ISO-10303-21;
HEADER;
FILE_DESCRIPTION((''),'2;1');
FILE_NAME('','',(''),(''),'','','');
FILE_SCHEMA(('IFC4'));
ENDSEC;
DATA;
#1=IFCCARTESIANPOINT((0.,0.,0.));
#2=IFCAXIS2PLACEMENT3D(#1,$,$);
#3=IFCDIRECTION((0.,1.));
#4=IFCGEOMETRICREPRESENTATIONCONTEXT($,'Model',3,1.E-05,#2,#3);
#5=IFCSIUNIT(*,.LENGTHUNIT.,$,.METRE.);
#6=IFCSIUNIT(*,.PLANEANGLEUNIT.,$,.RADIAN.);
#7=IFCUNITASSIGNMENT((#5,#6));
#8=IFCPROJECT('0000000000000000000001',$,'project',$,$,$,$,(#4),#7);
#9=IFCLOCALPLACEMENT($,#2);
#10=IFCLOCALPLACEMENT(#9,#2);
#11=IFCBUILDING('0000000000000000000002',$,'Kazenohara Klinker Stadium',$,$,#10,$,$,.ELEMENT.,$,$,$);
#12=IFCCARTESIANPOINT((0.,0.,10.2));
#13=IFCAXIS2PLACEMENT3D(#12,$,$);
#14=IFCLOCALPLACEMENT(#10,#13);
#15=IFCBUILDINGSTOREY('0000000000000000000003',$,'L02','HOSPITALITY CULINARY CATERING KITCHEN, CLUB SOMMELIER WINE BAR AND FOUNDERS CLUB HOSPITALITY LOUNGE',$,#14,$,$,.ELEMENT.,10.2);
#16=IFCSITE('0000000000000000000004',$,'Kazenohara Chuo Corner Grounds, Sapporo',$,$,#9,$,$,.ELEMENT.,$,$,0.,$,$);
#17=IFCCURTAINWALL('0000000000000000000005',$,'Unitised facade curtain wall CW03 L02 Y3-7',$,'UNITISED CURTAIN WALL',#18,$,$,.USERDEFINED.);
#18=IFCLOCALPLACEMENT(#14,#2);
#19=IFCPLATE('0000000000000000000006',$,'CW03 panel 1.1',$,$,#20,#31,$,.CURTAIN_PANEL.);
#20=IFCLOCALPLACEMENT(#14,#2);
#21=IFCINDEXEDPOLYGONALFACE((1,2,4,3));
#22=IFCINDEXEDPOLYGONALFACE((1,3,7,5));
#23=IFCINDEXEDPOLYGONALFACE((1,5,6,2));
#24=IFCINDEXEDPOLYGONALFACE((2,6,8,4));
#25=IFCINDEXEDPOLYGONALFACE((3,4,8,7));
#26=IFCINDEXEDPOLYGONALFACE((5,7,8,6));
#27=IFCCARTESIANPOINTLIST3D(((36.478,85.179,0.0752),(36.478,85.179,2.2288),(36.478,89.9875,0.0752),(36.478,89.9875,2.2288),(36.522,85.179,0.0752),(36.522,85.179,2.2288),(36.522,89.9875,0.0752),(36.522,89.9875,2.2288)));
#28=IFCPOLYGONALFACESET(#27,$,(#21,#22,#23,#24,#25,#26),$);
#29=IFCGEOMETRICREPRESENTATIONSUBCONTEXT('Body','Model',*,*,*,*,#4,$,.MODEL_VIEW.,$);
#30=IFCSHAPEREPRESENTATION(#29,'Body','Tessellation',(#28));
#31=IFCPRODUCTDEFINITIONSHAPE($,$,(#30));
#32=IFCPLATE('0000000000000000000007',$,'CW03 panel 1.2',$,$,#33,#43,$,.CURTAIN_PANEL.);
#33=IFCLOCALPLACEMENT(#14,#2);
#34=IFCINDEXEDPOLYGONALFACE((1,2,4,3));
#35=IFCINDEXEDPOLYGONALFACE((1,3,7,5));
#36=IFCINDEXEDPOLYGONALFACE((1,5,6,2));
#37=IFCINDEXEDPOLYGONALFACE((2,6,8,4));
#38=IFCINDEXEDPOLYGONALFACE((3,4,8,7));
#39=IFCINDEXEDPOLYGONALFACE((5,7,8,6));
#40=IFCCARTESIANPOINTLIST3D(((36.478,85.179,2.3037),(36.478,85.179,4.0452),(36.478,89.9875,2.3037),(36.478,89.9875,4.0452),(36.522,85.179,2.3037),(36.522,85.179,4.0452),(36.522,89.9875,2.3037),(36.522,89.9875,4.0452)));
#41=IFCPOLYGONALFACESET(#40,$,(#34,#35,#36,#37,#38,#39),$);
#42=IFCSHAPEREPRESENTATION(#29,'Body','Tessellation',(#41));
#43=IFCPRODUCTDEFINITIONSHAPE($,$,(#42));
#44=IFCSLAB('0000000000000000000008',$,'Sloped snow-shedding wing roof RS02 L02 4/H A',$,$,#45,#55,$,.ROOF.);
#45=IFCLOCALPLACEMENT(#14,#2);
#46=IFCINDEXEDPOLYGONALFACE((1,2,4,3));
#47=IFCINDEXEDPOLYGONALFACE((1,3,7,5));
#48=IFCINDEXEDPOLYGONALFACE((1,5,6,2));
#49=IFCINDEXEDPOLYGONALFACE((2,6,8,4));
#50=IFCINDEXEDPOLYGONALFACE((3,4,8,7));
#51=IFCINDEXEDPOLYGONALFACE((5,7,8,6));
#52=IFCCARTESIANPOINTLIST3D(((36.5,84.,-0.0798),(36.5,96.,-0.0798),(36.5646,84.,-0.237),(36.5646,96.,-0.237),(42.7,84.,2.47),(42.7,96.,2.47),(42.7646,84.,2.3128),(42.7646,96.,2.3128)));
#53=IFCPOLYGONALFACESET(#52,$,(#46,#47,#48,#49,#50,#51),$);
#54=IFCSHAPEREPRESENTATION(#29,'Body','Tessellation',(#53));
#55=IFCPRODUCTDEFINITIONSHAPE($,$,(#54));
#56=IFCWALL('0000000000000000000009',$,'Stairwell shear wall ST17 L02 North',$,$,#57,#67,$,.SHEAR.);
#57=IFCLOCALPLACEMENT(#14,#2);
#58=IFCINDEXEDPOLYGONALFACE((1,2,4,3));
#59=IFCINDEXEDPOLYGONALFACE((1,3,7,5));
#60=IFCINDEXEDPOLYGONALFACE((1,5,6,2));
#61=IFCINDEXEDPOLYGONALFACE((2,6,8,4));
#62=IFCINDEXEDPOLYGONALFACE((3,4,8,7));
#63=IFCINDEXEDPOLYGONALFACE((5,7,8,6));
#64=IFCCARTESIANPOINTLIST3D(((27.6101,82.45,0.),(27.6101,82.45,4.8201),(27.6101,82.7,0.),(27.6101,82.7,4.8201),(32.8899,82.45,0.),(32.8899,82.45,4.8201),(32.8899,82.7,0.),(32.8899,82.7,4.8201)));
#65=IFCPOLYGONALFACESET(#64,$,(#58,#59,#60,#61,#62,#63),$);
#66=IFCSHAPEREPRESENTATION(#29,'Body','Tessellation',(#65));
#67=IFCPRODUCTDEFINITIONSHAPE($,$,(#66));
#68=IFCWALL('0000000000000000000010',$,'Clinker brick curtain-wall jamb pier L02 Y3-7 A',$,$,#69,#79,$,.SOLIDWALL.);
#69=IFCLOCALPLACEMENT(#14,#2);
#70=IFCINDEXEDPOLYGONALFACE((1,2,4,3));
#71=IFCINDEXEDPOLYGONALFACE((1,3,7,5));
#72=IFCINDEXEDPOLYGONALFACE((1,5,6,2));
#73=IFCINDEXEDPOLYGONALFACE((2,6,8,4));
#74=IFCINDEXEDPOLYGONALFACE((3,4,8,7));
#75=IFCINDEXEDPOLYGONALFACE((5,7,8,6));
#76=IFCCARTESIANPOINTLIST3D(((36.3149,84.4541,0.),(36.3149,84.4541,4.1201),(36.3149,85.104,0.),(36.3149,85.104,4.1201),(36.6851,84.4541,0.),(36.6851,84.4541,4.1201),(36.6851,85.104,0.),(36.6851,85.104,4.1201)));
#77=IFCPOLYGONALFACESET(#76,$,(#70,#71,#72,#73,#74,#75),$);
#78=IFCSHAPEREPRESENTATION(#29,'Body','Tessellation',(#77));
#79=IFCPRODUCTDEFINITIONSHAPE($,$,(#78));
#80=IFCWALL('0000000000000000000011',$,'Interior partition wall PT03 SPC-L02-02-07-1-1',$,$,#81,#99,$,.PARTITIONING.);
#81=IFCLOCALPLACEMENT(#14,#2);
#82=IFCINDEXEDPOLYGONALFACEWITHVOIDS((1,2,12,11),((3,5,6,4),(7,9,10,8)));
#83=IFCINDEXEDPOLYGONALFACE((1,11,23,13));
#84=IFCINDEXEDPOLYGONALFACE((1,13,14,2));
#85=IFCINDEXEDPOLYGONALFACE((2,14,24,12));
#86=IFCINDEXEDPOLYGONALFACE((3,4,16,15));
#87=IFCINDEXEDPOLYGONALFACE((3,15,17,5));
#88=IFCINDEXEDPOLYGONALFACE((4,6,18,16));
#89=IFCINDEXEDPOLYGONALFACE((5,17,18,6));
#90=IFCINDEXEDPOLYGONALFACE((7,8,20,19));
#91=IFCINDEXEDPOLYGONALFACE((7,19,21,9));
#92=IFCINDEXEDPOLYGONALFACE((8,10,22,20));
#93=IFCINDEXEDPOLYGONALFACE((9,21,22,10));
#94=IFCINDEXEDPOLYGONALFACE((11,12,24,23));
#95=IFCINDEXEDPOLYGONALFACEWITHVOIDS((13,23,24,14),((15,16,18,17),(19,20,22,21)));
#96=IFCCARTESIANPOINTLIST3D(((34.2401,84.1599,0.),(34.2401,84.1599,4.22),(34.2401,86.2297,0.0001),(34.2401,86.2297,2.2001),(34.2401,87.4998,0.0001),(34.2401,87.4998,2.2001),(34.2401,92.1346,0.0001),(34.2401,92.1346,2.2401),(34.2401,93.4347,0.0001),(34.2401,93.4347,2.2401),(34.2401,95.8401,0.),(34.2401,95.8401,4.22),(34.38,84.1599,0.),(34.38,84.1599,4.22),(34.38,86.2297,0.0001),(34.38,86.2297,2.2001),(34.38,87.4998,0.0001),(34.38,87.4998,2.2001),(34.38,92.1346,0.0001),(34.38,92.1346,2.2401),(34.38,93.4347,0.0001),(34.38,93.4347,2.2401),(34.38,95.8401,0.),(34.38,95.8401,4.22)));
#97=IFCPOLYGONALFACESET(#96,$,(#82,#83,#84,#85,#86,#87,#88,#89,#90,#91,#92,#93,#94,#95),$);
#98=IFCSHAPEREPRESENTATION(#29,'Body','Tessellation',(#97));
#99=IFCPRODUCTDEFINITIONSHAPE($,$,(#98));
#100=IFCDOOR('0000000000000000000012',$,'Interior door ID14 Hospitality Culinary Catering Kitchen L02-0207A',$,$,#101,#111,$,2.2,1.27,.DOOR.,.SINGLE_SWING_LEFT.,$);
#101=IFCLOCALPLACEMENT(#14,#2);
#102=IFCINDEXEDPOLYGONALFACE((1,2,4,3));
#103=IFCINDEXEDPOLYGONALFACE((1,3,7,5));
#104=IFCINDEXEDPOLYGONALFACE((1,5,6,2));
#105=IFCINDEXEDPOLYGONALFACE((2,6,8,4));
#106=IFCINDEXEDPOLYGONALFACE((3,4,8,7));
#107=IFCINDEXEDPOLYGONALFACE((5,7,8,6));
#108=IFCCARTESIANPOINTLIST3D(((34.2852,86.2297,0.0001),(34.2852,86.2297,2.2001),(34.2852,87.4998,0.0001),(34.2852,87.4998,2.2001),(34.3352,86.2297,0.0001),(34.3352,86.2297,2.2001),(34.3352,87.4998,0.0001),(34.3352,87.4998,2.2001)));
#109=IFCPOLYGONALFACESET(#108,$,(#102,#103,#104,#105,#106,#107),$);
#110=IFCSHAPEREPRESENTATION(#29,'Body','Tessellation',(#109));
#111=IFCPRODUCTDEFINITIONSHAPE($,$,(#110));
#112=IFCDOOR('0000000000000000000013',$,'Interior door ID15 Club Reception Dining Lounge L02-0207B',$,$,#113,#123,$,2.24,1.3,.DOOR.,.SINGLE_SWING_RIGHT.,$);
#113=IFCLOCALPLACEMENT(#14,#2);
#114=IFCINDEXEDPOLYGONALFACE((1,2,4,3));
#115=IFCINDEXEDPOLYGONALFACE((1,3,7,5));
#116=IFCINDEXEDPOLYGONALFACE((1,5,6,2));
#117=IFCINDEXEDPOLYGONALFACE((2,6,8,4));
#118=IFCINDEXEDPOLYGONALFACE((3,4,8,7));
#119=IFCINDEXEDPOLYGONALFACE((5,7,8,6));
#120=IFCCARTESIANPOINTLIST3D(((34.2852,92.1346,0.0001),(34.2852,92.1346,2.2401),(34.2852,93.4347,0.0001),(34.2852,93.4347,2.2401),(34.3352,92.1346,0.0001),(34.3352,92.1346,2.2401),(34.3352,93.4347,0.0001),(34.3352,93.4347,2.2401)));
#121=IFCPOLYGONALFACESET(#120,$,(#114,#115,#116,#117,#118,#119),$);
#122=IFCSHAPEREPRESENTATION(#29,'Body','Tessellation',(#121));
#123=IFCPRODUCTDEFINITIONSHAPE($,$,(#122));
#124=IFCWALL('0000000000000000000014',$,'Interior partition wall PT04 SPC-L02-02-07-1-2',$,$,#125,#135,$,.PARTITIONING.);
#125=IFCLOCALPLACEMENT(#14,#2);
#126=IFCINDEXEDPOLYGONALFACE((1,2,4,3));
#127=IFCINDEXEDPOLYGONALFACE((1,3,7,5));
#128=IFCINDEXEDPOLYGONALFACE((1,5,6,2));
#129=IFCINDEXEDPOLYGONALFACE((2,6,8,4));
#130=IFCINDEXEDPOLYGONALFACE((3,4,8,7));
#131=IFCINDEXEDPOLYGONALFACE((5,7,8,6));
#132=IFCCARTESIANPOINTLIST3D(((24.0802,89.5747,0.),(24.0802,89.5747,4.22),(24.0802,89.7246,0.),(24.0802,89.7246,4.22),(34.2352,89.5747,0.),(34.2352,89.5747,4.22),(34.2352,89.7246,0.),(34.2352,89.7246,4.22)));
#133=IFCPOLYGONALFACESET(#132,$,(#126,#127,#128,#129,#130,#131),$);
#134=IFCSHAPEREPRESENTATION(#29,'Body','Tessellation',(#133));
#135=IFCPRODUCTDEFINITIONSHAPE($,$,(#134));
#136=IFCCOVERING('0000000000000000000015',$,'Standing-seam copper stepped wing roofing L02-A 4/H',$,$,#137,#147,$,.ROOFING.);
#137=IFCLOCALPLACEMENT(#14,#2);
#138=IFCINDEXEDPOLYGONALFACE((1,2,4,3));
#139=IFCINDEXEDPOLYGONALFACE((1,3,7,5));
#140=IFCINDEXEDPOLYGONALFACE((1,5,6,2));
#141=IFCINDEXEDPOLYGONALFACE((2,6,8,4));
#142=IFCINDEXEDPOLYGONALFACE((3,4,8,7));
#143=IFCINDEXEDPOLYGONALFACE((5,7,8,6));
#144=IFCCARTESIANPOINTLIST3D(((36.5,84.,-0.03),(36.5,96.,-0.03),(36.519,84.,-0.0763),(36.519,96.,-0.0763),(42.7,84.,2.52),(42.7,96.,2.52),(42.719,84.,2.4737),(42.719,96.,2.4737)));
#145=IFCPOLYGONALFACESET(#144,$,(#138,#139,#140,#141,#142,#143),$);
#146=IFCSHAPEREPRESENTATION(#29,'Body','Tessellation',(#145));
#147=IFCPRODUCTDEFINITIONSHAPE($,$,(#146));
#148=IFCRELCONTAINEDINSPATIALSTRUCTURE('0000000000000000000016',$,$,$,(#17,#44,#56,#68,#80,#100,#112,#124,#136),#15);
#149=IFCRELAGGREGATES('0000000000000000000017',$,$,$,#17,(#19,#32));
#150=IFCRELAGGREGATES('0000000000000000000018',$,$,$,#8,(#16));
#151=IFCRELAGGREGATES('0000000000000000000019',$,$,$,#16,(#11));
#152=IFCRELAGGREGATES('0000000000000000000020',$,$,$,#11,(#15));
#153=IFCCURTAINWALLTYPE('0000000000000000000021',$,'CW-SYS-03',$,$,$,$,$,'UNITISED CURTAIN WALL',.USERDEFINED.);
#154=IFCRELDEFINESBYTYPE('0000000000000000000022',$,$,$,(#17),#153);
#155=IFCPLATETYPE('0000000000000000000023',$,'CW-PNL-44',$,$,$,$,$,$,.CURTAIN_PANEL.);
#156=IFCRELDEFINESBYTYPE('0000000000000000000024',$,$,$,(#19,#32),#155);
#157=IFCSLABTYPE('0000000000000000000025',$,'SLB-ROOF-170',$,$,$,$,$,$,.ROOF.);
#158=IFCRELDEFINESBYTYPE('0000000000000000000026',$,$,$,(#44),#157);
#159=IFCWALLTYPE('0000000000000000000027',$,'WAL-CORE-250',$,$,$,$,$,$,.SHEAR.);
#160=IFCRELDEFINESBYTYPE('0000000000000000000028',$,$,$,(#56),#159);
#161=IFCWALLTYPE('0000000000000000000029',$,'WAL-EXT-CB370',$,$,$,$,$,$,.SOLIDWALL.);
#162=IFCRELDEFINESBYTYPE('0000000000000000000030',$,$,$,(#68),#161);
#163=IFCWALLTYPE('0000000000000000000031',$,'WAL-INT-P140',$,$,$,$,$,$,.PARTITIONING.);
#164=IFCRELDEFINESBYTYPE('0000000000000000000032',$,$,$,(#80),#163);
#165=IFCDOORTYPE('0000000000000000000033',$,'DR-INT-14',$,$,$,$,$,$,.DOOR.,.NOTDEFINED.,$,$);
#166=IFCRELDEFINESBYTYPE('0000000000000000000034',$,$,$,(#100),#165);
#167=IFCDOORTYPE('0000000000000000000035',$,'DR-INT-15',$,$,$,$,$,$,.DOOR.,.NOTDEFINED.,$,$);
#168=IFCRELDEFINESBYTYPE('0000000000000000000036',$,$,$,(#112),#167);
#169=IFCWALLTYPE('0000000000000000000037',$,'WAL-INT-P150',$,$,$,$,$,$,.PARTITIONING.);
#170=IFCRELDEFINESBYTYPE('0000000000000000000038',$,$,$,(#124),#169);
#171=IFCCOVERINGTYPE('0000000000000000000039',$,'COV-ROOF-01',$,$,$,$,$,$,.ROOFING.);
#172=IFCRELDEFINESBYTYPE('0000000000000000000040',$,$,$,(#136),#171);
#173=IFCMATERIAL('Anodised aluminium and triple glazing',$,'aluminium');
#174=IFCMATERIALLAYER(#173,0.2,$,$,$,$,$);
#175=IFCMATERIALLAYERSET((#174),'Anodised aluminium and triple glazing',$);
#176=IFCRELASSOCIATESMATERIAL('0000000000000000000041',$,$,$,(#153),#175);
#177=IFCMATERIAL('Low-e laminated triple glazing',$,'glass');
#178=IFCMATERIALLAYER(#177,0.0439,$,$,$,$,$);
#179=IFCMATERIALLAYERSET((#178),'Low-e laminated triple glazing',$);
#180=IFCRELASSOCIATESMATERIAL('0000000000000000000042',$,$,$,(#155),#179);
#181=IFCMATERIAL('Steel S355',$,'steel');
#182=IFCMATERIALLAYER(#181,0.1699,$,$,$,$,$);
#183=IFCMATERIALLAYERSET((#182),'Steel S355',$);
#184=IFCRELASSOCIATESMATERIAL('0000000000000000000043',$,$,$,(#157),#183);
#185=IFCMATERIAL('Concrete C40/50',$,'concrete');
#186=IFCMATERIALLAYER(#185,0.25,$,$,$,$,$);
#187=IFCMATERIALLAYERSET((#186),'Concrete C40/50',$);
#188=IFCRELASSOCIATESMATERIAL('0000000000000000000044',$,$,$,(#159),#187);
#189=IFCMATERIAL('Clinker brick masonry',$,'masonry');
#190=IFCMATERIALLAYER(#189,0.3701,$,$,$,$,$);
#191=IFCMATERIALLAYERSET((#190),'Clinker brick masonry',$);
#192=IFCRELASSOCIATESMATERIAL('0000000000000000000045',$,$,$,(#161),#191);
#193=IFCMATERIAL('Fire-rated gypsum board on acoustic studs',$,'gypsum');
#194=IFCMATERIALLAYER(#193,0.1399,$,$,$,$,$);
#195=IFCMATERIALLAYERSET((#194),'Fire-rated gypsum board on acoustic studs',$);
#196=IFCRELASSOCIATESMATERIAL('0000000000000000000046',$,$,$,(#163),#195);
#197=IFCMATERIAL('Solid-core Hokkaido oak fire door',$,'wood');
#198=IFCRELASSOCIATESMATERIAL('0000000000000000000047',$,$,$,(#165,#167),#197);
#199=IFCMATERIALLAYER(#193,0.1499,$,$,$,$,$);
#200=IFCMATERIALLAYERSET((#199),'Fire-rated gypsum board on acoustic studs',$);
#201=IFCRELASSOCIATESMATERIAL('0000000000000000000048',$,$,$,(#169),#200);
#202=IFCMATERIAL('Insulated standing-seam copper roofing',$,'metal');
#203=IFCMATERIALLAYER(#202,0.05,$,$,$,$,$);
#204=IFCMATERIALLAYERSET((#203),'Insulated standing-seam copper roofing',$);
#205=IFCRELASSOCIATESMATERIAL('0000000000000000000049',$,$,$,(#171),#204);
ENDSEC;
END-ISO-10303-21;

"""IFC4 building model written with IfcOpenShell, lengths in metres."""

from ifc_helpers import new_model, si_unit, direction, frame, frame_2d, origin, origin_2d, place, context, subcontext, project, spatial, polyline, rectangle, outline, extrude, material, layer, layer_set, type_object, element, fill, aggregate, save


model = new_model("IFC4")

# Units and contexts
model_context = context("Model", 3, precision=1e-05, world=origin(), true_north=direction((0.0, 1.0)))
body_context = subcontext(model_context, "Body", "Model", "MODEL_VIEW")
ifc_project = project(units=[si_unit("LENGTHUNIT", "METRE"), si_unit("PLANEANGLEUNIT", "RADIAN")], contexts=[model_context])

# Site, building, storey
site_placement = place(None, origin())
site = spatial("IfcSite", under=ifc_project, at=site_placement, Name="Kazenohara Chuo Corner Grounds, Sapporo", CompositionType="ELEMENT", RefElevation=0.0)
building_placement = place(site_placement, origin())
building = spatial("IfcBuilding", under=site, at=building_placement, Name="Kazenohara Klinker Stadium", CompositionType="ELEMENT")
storey_placement = place(building_placement, frame((0.0, 0.0, 10.2)))
storey = spatial("IfcBuildingStorey", under=building, at=storey_placement, Name="L02", Description="HOSPITALITY CULINARY CATERING KITCHEN, CLUB SOMMELIER WINE BAR AND FOUNDERS CLUB HOSPITALITY LOUNGE", CompositionType="ELEMENT", Elevation=10.2)

# Shared definitions
ifc_material_1 = material(Name="Concrete C40/50", Category="concrete")

# Shared definitions
ifc_material_2 = material(Name="Steel S355", Category="steel")

# Curtain wall, plates
ifc_material_3 = material(Name="Anodised aluminium and triple glazing", Category="aluminium")
ifc_layer_1 = layer(ifc_material_3, 0.2)
ifc_layer_set_1 = layer_set([ifc_layer_1], Name="Anodised aluminium and triple glazing")
curtain_wall_type = type_object("IfcCurtainWallType", Name="CW-SYS-03", ElementType="UNITISED CURTAIN WALL", PredefinedType="USERDEFINED", material=ifc_layer_set_1)
curtain_wall_placement = place(storey_placement, origin())
curtain_wall = element("IfcCurtainWall", 1, at=curtain_wall_placement, inside=storey, type_object=curtain_wall_type, Name="Unitised facade curtain wall CW03 L02 Y3-7", ObjectType="UNITISED CURTAIN WALL", PredefinedType="USERDEFINED")
ifc_material_4 = material(Name="Low-e laminated triple glazing", Category="glass")
ifc_layer_2 = layer(ifc_material_4, 0.0439)
ifc_layer_set_2 = layer_set([ifc_layer_2], Name="Low-e laminated triple glazing")
plate_type = type_object("IfcPlateType", Name="CW-PNL-44", PredefinedType="CURTAIN_PANEL", material=ifc_layer_set_2)
plate_1_placement = place(storey_placement, frame((36.5, 87.5833, 0.0752), z_axis=(0.0, 0.0, 1.0), x_axis=(0.0, 1.0, 0.0)))
plate_1 = element("IfcPlate", 2, at=plate_1_placement, type_object=plate_type, Name="CW03 panel 1.1", PredefinedType="CURTAIN_PANEL", context=body_context, shape_type="SweptSolid", body=[
    extrude(rectangle(XDim=4.8086, YDim=0.0439, at=origin_2d()), origin(), (0.0, 0.0, 1.0), 2.1536),
])
plate_2_placement = place(storey_placement, frame((36.5, 87.5833, 2.3037), z_axis=(0.0, 0.0, 1.0), x_axis=(0.0, 1.0, 0.0)))
plate_2 = element("IfcPlate", 3, at=plate_2_placement, type_object=plate_type, Name="CW03 panel 1.2", PredefinedType="CURTAIN_PANEL", context=body_context, shape_type="SweptSolid", body=[
    extrude(rectangle(XDim=4.8086, YDim=0.0439, at=origin_2d()), origin(), (0.0, 0.0, 1.0), 1.7415),
])
aggregate(curtain_wall, [plate_1, plate_2])

# Slab
ifc_layer_3 = layer(ifc_material_2, 0.1699)
ifc_layer_set_3 = layer_set([ifc_layer_3], Name="Steel S355")
slab_type = type_object("IfcSlabType", Name="SLB-ROOF-170", PredefinedType="ROOF", material=ifc_layer_set_3)
slab_placement = place(storey_placement, frame((36.5, 84.0, -0.0798), z_axis=(-0.380352, 0.0, 0.924842), x_axis=(0.924842, 0.0, 0.380352)))
element("IfcSlab", 4, at=slab_placement, inside=storey, type_object=slab_type, Name="Sloped snow-shedding wing roof RS02 L02 4/H A", PredefinedType="ROOF", context=body_context, shape_type="SweptSolid", body=[
    extrude(outline(polyline([(0.0, 0.0), (6.7038, 0.0), (6.7038, 12.0), (0.0, 12.0), (0.0, 0.0)])), origin(), (0.0, 0.0, -1.0), 0.1699),
])

# Walls
ifc_layer_4 = layer(ifc_material_1, 0.25)
ifc_layer_set_4 = layer_set([ifc_layer_4], Name="Concrete C40/50")
wall_type_1 = type_object("IfcWallType", Name="WAL-CORE-250", PredefinedType="SHEAR", material=ifc_layer_set_4)
wall_1_placement = place(storey_placement, frame((27.6101, 82.575, 0.0), z_axis=(0.0, 0.0, 1.0), x_axis=(1.0, 0.0, 0.0)))
element("IfcWall", 5, at=wall_1_placement, inside=storey, type_object=wall_type_1, Name="Stairwell shear wall ST17 L02 North", PredefinedType="SHEAR", context=body_context, shape_type="SweptSolid", body=[
    extrude(rectangle(XDim=5.2798, YDim=0.25, at=frame_2d((2.6399, 0.0))), origin(), (0.0, 0.0, 1.0), 4.8201),
])
ifc_material_5 = material(Name="Clinker brick masonry", Category="masonry")
ifc_layer_5 = layer(ifc_material_5, 0.3701)
ifc_layer_set_5 = layer_set([ifc_layer_5], Name="Clinker brick masonry")
wall_type_2 = type_object("IfcWallType", Name="WAL-EXT-CB370", PredefinedType="SOLIDWALL", material=ifc_layer_set_5)
wall_2_placement = place(storey_placement, frame((36.5, 84.4541, 0.0), z_axis=(0.0, 0.0, 1.0), x_axis=(0.0, 1.0, 0.0)))
element("IfcWall", 6, at=wall_2_placement, inside=storey, type_object=wall_type_2, Name="Clinker brick curtain-wall jamb pier L02 Y3-7 A", PredefinedType="SOLIDWALL", context=body_context, shape_type="SweptSolid", body=[
    extrude(rectangle(XDim=0.6499, YDim=0.3701, at=frame_2d((0.325, 0.0))), origin(), (0.0, 0.0, 1.0), 4.1201),
])

# Wall, openings, doors
ifc_material_6 = material(Name="Fire-rated gypsum board on acoustic studs", Category="gypsum")
ifc_layer_6 = layer(ifc_material_6, 0.1399)
ifc_layer_set_6 = layer_set([ifc_layer_6], Name="Fire-rated gypsum board on acoustic studs")
wall_type_3 = type_object("IfcWallType", Name="WAL-INT-P140", PredefinedType="PARTITIONING", material=ifc_layer_set_6)
wall_3_placement = place(storey_placement, frame((34.3101, 84.1599, 0.0), z_axis=(0.0, 0.0, 1.0), x_axis=(0.0, 1.0, 0.0)))
wall_3 = element("IfcWall", 7, at=wall_3_placement, inside=storey, type_object=wall_type_3, Name="Interior partition wall PT03 SPC-L02-02-07-1-1", PredefinedType="PARTITIONING", context=body_context, shape_type="SweptSolid", body=[
    extrude(rectangle(XDim=11.6802, YDim=0.1399, at=frame_2d((5.8401, 0.0))), origin(), (0.0, 0.0, 1.0), 4.22),
])
opening_1_placement = place(wall_3_placement, frame((2.0698, 0.0, 0.0)))
opening_1 = element("IfcOpeningElement", 8, at=opening_1_placement, cuts=wall_3, PredefinedType="OPENING", context=body_context, shape_type="SweptSolid", body=[
    extrude(rectangle(XDim=1.27, YDim=2.2, at=frame_2d((0.635, 1.1001))), frame((0.0, 0.0801, 0.0), z_axis=(0.0, -1.0, 0.0), x_axis=(1.0, 0.0, 0.0)), (0.0, 0.0, 1.0), 0.1599),
])
opening_2_placement = place(wall_3_placement, frame((7.9749, 0.0, 0.0)))
opening_2 = element("IfcOpeningElement", 9, at=opening_2_placement, cuts=wall_3, PredefinedType="OPENING", context=body_context, shape_type="SweptSolid", body=[
    extrude(rectangle(XDim=1.3, YDim=2.24, at=frame_2d((0.6499, 1.1201))), frame((0.0, 0.0801, 0.0), z_axis=(0.0, -1.0, 0.0), x_axis=(1.0, 0.0, 0.0)), (0.0, 0.0, 1.0), 0.1599),
])
ifc_material_7 = material(Name="Solid-core Hokkaido oak fire door", Category="wood")
door_type_1 = type_object("IfcDoorType", Name="DR-INT-14", OperationType="NOTDEFINED", PredefinedType="DOOR", material=ifc_material_7)
door_1_placement = place(opening_1_placement, origin())
door_1 = element("IfcDoor", 10, at=door_1_placement, inside=storey, type_object=door_type_1, Name="Interior door ID14 Hospitality Culinary Catering Kitchen L02-0207A", OperationType="SINGLE_SWING_LEFT", OverallHeight=2.2, OverallWidth=1.27, PredefinedType="DOOR", context=body_context, shape_type="SweptSolid", body=[
    extrude(rectangle(XDim=1.27, YDim=2.2, at=frame_2d((0.635, 1.1001))), frame((0.0, 0.0249, 0.0), z_axis=(0.0, -1.0, 0.0), x_axis=(1.0, 0.0, 0.0)), (0.0, 0.0, 1.0), 0.05),
])
fill(opening_1, door_1)
door_type_2 = type_object("IfcDoorType", Name="DR-INT-15", OperationType="NOTDEFINED", PredefinedType="DOOR", material=ifc_material_7)
door_2_placement = place(opening_2_placement, origin())
door_2 = element("IfcDoor", 11, at=door_2_placement, inside=storey, type_object=door_type_2, Name="Interior door ID15 Club Reception Dining Lounge L02-0207B", OperationType="SINGLE_SWING_RIGHT", OverallHeight=2.24, OverallWidth=1.3, PredefinedType="DOOR", context=body_context, shape_type="SweptSolid", body=[
    extrude(rectangle(XDim=1.3, YDim=2.24, at=frame_2d((0.6499, 1.1201))), frame((0.0, 0.0249, 0.0), z_axis=(0.0, -1.0, 0.0), x_axis=(1.0, 0.0, 0.0)), (0.0, 0.0, 1.0), 0.05),
])
fill(opening_2, door_2)

# Wall
ifc_layer_7 = layer(ifc_material_6, 0.1499)
ifc_layer_set_7 = layer_set([ifc_layer_7], Name="Fire-rated gypsum board on acoustic studs")
wall_type_4 = type_object("IfcWallType", Name="WAL-INT-P150", PredefinedType="PARTITIONING", material=ifc_layer_set_7)
wall_4_placement = place(storey_placement, frame((24.0801, 89.6497, 0.0), z_axis=(0.0, 0.0, 1.0), x_axis=(1.0, 0.0, 0.0)))
element("IfcWall", 12, at=wall_4_placement, inside=storey, type_object=wall_type_4, Name="Interior partition wall PT04 SPC-L02-02-07-1-2", PredefinedType="PARTITIONING", context=body_context, shape_type="SweptSolid", body=[
    extrude(rectangle(XDim=10.155, YDim=0.1499, at=frame_2d((5.0776, 0.0))), origin(), (0.0, 0.0, 1.0), 4.22),
])

# Covering
ifc_material_8 = material(Name="Insulated standing-seam copper roofing", Category="metal")
ifc_layer_8 = layer(ifc_material_8, 0.05)
ifc_layer_set_8 = layer_set([ifc_layer_8], Name="Insulated standing-seam copper roofing")
covering_type = type_object("IfcCoveringType", Name="COV-ROOF-01", PredefinedType="ROOFING", material=ifc_layer_set_8)
covering_placement = place(storey_placement, frame((36.5, 84.0, -0.03), z_axis=(-0.380383, 0.0, 0.924829), x_axis=(0.924829, 0.0, 0.380383)))
element("IfcCovering", 13, at=covering_placement, inside=storey, type_object=covering_type, Name="Standing-seam copper stepped wing roofing L02-A 4/H", PredefinedType="ROOFING", context=body_context, shape_type="SweptSolid", body=[
    extrude(outline(polyline([(0.0, 0.0), (6.7039, 0.0), (6.7039, 12.0), (0.0, 12.0), (0.0, 0.0)])), origin(), (0.0, 0.0, -1.0), 0.05),
])

save(model, "model.ifc")
